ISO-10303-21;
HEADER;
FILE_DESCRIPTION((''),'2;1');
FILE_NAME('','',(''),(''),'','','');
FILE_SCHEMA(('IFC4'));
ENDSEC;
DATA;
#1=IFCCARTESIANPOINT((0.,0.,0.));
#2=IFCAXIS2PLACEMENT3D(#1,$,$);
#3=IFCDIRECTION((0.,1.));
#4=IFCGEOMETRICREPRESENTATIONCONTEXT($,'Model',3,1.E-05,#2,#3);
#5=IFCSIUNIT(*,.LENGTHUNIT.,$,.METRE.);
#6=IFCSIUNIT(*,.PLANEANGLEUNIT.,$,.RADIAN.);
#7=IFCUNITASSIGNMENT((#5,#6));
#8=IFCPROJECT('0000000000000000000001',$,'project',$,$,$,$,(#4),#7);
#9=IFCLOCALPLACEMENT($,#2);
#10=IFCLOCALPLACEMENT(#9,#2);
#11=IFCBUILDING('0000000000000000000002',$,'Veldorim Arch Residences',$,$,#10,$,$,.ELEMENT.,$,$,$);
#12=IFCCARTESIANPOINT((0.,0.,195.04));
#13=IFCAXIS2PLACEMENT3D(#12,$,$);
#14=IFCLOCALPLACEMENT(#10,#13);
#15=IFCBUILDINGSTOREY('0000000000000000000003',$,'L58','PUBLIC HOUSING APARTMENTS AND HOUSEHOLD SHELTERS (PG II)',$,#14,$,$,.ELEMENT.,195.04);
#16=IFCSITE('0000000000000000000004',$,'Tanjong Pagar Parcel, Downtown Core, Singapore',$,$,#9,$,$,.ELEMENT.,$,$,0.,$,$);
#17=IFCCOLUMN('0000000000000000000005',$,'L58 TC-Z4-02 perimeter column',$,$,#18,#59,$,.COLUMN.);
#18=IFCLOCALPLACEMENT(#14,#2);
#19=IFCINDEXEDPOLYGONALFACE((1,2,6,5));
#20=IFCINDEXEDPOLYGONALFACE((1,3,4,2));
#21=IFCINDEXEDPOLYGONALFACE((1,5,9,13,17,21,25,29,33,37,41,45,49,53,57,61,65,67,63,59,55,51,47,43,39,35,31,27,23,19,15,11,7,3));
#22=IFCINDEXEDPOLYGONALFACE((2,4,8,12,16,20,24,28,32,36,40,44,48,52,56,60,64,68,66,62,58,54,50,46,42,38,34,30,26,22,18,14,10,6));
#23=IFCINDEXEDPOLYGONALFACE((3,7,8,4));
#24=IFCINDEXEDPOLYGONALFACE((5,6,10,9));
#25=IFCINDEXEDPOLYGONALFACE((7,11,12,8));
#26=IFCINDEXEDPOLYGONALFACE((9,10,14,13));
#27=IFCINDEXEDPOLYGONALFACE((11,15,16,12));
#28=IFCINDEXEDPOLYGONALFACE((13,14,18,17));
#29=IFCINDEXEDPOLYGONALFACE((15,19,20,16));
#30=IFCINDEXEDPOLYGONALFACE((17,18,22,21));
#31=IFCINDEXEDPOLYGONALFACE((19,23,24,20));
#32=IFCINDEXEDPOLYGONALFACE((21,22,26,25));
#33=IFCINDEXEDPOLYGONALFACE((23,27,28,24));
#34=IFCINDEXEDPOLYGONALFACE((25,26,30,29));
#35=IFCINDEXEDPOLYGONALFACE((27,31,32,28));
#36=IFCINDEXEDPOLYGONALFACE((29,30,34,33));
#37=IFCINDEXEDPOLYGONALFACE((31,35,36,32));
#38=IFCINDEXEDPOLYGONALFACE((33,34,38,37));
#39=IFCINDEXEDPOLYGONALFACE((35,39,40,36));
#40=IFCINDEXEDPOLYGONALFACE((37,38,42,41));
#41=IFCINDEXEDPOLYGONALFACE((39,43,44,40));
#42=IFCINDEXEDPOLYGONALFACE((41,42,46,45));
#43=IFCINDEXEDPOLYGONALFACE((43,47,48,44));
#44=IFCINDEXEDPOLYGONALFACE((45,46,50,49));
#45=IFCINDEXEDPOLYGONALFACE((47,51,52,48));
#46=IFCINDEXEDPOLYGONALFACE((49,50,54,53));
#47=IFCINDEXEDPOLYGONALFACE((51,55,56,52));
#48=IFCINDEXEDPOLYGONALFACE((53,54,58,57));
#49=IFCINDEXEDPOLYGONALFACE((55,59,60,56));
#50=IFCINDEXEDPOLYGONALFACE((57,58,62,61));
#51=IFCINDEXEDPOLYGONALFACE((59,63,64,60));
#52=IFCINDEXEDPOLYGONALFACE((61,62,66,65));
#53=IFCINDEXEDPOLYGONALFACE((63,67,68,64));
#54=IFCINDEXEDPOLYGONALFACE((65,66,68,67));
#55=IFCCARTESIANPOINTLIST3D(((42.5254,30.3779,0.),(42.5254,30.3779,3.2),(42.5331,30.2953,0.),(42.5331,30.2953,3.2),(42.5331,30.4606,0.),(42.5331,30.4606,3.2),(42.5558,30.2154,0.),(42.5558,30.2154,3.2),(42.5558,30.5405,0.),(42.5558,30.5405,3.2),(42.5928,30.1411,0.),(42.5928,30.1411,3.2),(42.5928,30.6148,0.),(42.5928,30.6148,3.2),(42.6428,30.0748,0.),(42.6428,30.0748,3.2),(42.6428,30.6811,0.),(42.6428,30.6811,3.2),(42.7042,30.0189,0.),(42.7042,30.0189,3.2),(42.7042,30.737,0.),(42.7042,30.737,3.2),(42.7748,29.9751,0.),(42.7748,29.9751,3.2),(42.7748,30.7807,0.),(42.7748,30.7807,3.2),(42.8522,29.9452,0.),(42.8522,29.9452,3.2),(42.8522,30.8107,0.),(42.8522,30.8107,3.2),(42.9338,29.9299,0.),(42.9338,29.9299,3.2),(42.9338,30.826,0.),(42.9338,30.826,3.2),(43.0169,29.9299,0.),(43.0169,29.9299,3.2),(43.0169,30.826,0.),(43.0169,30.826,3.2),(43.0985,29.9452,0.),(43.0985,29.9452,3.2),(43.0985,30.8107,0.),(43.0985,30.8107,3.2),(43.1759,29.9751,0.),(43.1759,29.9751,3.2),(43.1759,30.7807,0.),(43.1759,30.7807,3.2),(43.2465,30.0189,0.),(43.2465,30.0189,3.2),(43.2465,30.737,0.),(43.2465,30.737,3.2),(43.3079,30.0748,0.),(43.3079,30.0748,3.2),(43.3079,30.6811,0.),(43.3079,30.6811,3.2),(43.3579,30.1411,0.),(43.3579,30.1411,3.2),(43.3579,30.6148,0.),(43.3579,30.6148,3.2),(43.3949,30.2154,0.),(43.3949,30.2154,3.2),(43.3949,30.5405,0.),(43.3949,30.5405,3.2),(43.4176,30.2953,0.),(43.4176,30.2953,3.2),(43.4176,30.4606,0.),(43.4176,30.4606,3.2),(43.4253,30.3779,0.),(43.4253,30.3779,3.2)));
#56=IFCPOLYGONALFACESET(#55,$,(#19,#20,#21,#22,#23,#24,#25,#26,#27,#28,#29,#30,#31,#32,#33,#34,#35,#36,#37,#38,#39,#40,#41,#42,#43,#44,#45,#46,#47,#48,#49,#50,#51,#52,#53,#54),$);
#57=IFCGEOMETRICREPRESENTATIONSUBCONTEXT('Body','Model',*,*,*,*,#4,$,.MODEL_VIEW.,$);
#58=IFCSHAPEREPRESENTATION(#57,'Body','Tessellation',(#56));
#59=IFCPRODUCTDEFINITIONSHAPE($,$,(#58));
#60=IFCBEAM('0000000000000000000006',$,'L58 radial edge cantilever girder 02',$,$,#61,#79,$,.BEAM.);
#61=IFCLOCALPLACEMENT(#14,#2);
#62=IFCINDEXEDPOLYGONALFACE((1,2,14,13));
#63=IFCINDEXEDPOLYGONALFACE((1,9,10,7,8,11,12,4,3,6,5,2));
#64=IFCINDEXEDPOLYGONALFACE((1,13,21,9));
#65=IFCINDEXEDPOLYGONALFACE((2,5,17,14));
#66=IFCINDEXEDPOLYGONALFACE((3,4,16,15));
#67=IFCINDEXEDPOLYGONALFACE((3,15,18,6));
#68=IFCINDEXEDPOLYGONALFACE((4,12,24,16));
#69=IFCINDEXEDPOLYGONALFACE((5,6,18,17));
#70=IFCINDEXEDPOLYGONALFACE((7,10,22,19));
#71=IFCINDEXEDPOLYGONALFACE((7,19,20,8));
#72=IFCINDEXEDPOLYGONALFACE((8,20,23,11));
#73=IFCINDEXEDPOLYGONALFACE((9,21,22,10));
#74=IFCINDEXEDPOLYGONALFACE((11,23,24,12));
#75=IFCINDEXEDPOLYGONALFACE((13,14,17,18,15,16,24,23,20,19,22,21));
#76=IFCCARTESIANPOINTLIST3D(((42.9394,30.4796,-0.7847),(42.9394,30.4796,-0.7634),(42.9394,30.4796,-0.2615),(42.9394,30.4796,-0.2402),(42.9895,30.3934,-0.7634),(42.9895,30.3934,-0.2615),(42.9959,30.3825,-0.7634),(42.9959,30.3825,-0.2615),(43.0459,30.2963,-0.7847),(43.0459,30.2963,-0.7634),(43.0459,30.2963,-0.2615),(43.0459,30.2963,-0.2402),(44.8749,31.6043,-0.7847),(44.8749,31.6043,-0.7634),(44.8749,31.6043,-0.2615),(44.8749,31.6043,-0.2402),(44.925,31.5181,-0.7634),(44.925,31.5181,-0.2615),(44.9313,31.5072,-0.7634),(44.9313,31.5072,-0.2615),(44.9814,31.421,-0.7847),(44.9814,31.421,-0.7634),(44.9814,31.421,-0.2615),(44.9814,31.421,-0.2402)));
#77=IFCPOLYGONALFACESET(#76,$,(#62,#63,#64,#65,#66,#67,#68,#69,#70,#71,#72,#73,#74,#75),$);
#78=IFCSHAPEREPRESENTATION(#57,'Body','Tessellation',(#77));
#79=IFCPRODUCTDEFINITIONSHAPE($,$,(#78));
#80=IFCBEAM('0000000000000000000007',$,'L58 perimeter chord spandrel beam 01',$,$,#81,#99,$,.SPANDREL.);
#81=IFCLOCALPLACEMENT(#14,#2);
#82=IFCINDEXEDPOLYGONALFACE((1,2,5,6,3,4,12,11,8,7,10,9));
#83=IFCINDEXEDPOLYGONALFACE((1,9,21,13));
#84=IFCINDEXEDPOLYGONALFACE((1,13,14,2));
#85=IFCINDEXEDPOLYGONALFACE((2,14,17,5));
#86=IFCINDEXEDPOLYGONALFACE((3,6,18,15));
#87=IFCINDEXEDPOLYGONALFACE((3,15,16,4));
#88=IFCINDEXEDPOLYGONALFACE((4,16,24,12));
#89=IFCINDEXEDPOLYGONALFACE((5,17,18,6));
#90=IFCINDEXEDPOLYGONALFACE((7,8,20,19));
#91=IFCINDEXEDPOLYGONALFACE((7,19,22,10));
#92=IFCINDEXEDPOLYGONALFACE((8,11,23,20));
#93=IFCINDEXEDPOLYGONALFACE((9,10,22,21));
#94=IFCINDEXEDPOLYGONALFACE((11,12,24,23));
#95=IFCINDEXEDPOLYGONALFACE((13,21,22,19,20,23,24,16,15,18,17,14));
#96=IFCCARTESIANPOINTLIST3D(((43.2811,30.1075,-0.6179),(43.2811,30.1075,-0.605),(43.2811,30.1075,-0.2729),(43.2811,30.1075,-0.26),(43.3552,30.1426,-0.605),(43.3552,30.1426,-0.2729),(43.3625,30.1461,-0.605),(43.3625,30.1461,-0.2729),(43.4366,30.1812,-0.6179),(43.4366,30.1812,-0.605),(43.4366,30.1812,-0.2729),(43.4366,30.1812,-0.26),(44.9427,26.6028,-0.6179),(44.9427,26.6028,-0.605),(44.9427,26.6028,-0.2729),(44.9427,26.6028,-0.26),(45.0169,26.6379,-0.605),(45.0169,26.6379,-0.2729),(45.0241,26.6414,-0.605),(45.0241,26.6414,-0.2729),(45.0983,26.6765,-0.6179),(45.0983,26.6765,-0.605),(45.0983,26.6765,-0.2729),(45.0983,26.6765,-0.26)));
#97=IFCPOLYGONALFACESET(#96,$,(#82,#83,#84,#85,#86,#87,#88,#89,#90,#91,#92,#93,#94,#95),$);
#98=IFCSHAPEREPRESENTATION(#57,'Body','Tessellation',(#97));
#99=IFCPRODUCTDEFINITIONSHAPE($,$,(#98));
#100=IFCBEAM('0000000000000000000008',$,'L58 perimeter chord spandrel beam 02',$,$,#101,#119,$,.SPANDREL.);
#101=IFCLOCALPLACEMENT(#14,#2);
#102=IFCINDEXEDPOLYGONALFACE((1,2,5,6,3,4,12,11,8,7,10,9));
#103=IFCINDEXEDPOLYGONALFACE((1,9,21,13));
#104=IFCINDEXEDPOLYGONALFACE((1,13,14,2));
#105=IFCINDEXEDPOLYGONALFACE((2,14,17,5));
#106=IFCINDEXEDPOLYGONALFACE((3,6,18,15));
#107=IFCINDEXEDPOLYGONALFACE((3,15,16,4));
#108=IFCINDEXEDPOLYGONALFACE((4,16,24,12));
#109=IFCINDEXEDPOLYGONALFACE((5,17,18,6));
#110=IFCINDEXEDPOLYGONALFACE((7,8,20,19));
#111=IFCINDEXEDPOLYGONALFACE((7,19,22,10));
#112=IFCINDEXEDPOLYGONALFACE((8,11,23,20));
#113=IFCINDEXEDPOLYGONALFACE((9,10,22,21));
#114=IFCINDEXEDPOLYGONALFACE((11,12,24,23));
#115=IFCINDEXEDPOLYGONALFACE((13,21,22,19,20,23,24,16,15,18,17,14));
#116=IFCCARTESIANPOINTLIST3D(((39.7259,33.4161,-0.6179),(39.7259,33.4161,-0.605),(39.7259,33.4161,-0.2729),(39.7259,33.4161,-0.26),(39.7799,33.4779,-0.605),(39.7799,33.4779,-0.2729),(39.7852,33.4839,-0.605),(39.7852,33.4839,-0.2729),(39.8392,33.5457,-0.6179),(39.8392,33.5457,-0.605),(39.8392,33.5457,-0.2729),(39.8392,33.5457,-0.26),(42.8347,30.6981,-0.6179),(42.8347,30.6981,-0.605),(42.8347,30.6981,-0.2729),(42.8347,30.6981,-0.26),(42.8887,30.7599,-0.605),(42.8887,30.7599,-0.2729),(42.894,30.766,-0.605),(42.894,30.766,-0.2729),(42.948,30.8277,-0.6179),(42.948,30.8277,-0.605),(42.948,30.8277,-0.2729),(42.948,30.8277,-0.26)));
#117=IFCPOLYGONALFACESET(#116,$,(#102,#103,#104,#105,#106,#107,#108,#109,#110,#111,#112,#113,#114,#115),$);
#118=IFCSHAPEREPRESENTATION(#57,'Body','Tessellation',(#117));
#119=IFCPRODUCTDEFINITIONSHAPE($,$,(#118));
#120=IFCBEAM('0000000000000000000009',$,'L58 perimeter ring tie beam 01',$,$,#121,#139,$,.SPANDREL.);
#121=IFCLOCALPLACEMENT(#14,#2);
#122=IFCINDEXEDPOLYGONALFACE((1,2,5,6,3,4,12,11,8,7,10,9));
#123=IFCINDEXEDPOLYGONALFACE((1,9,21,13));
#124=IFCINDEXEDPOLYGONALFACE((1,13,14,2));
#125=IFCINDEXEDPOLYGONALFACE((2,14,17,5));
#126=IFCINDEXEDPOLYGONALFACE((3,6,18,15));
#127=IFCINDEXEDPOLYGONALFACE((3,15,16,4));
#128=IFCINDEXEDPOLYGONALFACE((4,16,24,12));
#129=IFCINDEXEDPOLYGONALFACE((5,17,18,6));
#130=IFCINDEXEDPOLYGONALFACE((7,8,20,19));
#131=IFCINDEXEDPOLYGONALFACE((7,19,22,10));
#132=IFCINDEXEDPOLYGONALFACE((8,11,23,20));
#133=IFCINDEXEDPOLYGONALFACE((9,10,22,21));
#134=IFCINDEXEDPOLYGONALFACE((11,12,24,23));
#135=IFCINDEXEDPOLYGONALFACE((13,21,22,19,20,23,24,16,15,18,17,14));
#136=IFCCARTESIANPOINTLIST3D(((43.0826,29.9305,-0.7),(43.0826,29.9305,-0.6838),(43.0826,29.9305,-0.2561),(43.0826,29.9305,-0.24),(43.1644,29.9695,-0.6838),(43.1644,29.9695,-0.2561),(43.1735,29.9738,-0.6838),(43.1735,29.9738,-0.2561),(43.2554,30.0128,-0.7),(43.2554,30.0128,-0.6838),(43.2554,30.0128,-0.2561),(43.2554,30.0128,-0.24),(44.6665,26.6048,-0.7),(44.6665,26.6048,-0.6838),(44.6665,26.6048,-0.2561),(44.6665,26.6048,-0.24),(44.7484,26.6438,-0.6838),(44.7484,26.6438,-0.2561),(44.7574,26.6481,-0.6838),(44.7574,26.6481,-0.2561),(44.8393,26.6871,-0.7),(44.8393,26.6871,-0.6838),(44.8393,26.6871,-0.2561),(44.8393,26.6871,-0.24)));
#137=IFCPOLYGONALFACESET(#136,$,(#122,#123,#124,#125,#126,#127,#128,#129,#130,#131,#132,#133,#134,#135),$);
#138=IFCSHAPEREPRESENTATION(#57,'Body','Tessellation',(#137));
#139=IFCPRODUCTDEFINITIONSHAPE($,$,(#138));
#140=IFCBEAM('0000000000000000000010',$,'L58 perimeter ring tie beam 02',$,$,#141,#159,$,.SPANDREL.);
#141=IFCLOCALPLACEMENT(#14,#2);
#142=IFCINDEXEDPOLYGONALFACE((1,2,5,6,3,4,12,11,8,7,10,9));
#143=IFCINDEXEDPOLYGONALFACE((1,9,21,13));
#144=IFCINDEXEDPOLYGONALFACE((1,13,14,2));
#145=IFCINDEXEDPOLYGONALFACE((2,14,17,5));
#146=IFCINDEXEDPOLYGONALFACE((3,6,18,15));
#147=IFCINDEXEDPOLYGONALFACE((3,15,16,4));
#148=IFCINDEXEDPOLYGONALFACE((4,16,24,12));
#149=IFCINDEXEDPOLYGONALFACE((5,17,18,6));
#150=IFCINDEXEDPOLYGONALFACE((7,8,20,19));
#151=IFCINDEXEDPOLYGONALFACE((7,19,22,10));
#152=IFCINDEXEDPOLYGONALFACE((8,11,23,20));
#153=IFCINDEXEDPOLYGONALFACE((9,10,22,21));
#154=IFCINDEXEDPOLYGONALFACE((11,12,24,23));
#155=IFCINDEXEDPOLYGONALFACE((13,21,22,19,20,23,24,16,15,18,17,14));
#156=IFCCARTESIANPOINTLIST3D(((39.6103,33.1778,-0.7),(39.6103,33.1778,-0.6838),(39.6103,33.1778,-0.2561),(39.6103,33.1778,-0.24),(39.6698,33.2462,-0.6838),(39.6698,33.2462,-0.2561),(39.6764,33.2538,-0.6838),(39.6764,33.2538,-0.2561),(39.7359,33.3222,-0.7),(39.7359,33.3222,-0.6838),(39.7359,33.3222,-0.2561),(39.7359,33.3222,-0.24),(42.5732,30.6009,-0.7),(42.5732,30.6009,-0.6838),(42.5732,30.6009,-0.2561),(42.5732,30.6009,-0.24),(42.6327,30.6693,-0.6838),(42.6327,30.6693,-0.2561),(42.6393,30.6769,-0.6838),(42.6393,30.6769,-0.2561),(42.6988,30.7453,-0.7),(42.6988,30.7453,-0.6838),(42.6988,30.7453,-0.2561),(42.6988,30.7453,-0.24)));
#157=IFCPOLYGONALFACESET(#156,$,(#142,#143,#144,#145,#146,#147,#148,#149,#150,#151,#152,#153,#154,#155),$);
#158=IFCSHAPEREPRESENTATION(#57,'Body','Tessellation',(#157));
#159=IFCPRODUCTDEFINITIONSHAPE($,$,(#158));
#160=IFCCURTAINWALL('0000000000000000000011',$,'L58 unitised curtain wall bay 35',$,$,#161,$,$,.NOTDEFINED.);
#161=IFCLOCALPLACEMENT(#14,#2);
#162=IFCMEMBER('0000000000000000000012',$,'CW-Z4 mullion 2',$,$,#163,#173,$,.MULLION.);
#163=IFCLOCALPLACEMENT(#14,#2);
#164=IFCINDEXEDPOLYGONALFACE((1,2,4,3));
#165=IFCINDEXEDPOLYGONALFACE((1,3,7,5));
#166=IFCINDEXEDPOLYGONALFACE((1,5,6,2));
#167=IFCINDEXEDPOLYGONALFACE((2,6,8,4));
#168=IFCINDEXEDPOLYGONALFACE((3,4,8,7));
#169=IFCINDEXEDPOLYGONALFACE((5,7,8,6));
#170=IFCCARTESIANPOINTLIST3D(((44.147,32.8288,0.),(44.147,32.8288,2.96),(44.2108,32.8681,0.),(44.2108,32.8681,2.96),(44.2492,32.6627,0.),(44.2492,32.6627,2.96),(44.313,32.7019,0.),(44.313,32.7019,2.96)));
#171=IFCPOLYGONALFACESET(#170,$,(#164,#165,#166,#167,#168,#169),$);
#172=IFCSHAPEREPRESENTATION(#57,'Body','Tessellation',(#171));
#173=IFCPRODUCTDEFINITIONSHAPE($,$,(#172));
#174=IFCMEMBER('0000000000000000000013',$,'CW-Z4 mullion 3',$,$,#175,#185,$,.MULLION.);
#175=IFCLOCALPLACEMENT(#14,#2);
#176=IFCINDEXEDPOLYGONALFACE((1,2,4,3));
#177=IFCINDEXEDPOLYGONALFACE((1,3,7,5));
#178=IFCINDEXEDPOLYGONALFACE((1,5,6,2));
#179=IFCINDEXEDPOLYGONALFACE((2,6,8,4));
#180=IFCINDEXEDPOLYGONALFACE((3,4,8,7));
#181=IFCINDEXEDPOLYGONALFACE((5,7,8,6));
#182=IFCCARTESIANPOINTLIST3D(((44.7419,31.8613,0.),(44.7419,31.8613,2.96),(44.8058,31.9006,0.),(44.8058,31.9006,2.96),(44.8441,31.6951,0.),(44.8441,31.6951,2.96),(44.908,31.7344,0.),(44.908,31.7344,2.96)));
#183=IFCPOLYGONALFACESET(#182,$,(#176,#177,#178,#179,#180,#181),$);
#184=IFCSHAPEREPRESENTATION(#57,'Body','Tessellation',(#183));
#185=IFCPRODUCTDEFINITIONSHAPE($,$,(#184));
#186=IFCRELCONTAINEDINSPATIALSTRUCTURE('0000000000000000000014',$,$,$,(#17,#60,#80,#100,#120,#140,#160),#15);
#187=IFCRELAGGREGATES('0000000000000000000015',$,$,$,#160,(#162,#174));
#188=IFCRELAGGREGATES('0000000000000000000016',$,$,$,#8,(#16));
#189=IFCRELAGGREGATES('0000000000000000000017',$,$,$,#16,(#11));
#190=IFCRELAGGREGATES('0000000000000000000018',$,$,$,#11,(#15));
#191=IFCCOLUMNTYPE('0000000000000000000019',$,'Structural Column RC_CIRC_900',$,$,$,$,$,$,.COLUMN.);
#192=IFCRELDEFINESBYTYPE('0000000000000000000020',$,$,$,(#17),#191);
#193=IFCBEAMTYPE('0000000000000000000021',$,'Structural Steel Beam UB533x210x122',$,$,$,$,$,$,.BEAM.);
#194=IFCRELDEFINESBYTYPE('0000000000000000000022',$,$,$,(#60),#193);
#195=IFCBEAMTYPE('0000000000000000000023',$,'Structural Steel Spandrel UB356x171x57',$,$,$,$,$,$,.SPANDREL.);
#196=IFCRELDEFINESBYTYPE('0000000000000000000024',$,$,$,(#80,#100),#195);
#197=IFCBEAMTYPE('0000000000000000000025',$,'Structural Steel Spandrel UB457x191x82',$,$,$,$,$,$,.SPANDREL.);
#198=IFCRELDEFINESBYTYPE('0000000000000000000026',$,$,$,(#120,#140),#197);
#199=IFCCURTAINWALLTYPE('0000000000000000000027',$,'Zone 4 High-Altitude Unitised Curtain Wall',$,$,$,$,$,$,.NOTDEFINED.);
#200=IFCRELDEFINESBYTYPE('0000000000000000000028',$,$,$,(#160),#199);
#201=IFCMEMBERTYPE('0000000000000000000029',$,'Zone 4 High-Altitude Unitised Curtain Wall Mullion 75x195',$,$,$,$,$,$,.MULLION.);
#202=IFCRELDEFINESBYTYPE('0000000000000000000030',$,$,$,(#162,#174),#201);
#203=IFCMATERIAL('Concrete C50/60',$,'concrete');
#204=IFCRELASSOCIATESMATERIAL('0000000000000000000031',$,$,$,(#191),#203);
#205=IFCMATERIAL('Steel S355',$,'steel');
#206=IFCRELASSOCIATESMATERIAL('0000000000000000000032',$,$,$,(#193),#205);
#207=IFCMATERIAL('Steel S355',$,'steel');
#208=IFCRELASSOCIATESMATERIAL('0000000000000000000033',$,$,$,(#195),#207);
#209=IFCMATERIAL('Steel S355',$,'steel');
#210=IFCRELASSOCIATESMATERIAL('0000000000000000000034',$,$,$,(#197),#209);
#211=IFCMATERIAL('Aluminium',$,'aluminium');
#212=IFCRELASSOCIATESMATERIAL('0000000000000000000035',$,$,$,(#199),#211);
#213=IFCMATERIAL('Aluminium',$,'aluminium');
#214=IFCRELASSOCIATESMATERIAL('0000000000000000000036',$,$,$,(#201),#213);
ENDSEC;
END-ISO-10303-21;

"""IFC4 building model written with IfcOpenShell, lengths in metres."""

from ifc_helpers import new_model, si_unit, direction, frame, origin, origin_2d, place, context, subcontext, project, spatial, rectangle, circle, i_section, extrude, material, material_profile, profile_set, type_object, element, aggregate, save


model = new_model("IFC4")

# Units and contexts
model_context = context("Model", 3, precision=1e-05, world=origin(), true_north=direction((0.0, 1.0)))
body_context = subcontext(model_context, "Body", "Model", "MODEL_VIEW")
ifc_project = project(units=[si_unit("LENGTHUNIT", "METRE"), si_unit("PLANEANGLEUNIT", "RADIAN")], contexts=[model_context])

# Site, building, storey
site_placement = place(None, origin())
site = spatial("IfcSite", under=ifc_project, at=site_placement, Name="Tanjong Pagar Parcel, Downtown Core, Singapore", CompositionType="ELEMENT", RefElevation=0.0)
building_placement = place(site_placement, origin())
building = spatial("IfcBuilding", under=site, at=building_placement, Name="Veldorim Arch Residences", CompositionType="ELEMENT")
storey_placement = place(building_placement, frame((0.0, 0.0, 195.04)))
storey = spatial("IfcBuildingStorey", under=building, at=storey_placement, Name="L58", Description="PUBLIC HOUSING APARTMENTS AND HOUSEHOLD SHELTERS (PG II)", CompositionType="ELEMENT", Elevation=195.04)

# Column
ifc_material_1 = material(Name="Concrete C50/60", Category="concrete")
ifc_material_profile_1 = material_profile(ifc_material_1, circle(Radius=0.45, at=origin_2d()), Name="RC_CIRC_900")
ifc_profile_set_1 = profile_set([ifc_material_profile_1], Name="Concrete C50/60")
column_type = type_object("IfcColumnType", Name="Structural Column RC_CIRC_900", PredefinedType="COLUMN", material=ifc_profile_set_1)
column_placement = place(storey_placement, frame((42.9753, 30.3779, 0.0), z_axis=(0.0, 0.0, 1.0), x_axis=(1.0, 0.0, 0.0)))
element("IfcColumn", 1, at=column_placement, inside=storey, type_object=column_type, Name="L58 TC-Z4-02 perimeter column", PredefinedType="COLUMN", context=body_context, shape_type="SweptSolid", body=[
    extrude(circle(Radius=0.45, at=origin_2d()), origin(), (0.0, 0.0, 1.0), 3.2),
])

# Beams
ifc_material_2 = material(Name="Steel S355", Category="steel")
ifc_material_profile_2 = material_profile(ifc_material_2, i_section(OverallWidth=0.2119, OverallDepth=0.5444, WebThickness=0.0127, FlangeThickness=0.0212, at=origin_2d()), Name="UB533x210x122")
ifc_profile_set_2 = profile_set([ifc_material_profile_2], Name="Steel S355")
beam_type_1 = type_object("IfcBeamType", Name="Structural Steel Beam UB533x210x122", PredefinedType="BEAM", material=ifc_profile_set_2)
beam_1_placement = place(storey_placement, frame((42.9927, 30.3879, -0.5125), z_axis=(0.864616, 0.502433, 0.0), x_axis=(-0.502433, 0.864616, 0.0)))
element("IfcBeam", 2, at=beam_1_placement, inside=storey, type_object=beam_type_1, Name="L58 radial edge cantilever girder 02", PredefinedType="BEAM", context=body_context, shape_type="SweptSolid", body=[
    extrude(i_section(OverallWidth=0.2119, OverallDepth=0.5444, WebThickness=0.0127, FlangeThickness=0.0212, at=origin_2d()), origin(), (0.0, 0.0, 1.0), 2.2385),
])
ifc_material_3 = material(Name="Steel S355", Category="steel")
ifc_material_profile_3 = material_profile(ifc_material_3, i_section(OverallWidth=0.1721, OverallDepth=0.3579, WebThickness=0.0081, FlangeThickness=0.0129, at=origin_2d()), Name="UB356x171x57")
ifc_profile_set_3 = profile_set([ifc_material_profile_3], Name="Steel S355")
beam_type_2 = type_object("IfcBeamType", Name="Structural Steel Spandrel UB356x171x57", PredefinedType="SPANDREL", material=ifc_profile_set_3)
beam_2_placement = place(storey_placement, frame((45.0205, 26.6396, -0.439), z_axis=(-0.428408, 0.903585, 0.0), x_axis=(-0.903585, -0.428408, 0.0)))
element("IfcBeam", 3, at=beam_2_placement, inside=storey, type_object=beam_type_2, Name="L58 perimeter chord spandrel beam 01", PredefinedType="SPANDREL", context=body_context, shape_type="SweptSolid", body=[
    extrude(i_section(OverallWidth=0.1721, OverallDepth=0.3579, WebThickness=0.0081, FlangeThickness=0.0129, at=origin_2d()), origin(), (0.0, 0.0, 1.0), 3.8787),
])
beam_3_placement = place(storey_placement, frame((42.8914, 30.7629, -0.439), z_axis=(-0.752848, 0.658195, 0.0), x_axis=(-0.658195, -0.752848, 0.0)))
element("IfcBeam", 4, at=beam_3_placement, inside=storey, type_object=beam_type_2, Name="L58 perimeter chord spandrel beam 02", PredefinedType="SPANDREL", context=body_context, shape_type="SweptSolid", body=[
    extrude(i_section(OverallWidth=0.1721, OverallDepth=0.3579, WebThickness=0.0081, FlangeThickness=0.0129, at=origin_2d()), origin(), (0.0, 0.0, 1.0), 4.1294),
])
ifc_material_4 = material(Name="Steel S355", Category="steel")
ifc_material_profile_4 = material_profile(ifc_material_4, i_section(OverallWidth=0.1914, OverallDepth=0.46, WebThickness=0.01, FlangeThickness=0.0161, at=origin_2d()), Name="UB457x191x82")
ifc_profile_set_4 = profile_set([ifc_material_profile_4], Name="Steel S355")
beam_type_3 = type_object("IfcBeamType", Name="Structural Steel Spandrel UB457x191x82", PredefinedType="SPANDREL", material=ifc_profile_set_4)
beam_4_placement = place(storey_placement, frame((44.7529, 26.646, -0.47), z_axis=(-0.430006, 0.902826, 0.0), x_axis=(-0.902826, -0.430006, 0.0)))
element("IfcBeam", 5, at=beam_4_placement, inside=storey, type_object=beam_type_3, Name="L58 perimeter ring tie beam 01", PredefinedType="SPANDREL", context=body_context, shape_type="SweptSolid", body=[
    extrude(i_section(OverallWidth=0.1914, OverallDepth=0.46, WebThickness=0.01, FlangeThickness=0.0161, at=origin_2d()), origin(), (0.0, 0.0, 1.0), 3.6836),
])
beam_5_placement = place(storey_placement, frame((42.636, 30.6731, -0.47), z_axis=(-0.754545, 0.656248, 0.0), x_axis=(-0.656248, -0.754545, 0.0)))
element("IfcBeam", 6, at=beam_5_placement, inside=storey, type_object=beam_type_3, Name="L58 perimeter ring tie beam 02", PredefinedType="SPANDREL", context=body_context, shape_type="SweptSolid", body=[
    extrude(i_section(OverallWidth=0.1914, OverallDepth=0.46, WebThickness=0.01, FlangeThickness=0.0161, at=origin_2d()), origin(), (0.0, 0.0, 1.0), 3.9268),
])

# Curtain wall, members
ifc_material_5 = material(Name="Aluminium", Category="aluminium")
curtain_wall_type = type_object("IfcCurtainWallType", Name="Zone 4 High-Altitude Unitised Curtain Wall", PredefinedType="NOTDEFINED", material=ifc_material_5)
curtain_wall_placement = place(storey_placement, origin())
curtain_wall = element("IfcCurtainWall", 7, at=curtain_wall_placement, inside=storey, type_object=curtain_wall_type, Name="L58 unitised curtain wall bay 35", PredefinedType="NOTDEFINED")
ifc_material_6 = material(Name="Aluminium", Category="aluminium")
ifc_material_profile_5 = material_profile(ifc_material_6, rectangle(XDim=0.075, YDim=0.1951, at=origin_2d()), Name="ALU_MUL_75x195")
ifc_profile_set_5 = profile_set([ifc_material_profile_5], Name="Aluminium")
member_type_1 = type_object("IfcMemberType", Name="Zone 4 High-Altitude Unitised Curtain Wall Mullion 75x195", PredefinedType="MULLION", material=ifc_profile_set_5)
member_1_placement = place(storey_placement, frame((44.23, 32.7654, 0.0), z_axis=(0.0, 0.0, 1.0), x_axis=(0.851802, 0.523864, 0.0)))
member_1 = element("IfcMember", 8, at=member_1_placement, type_object=member_type_1, Name="CW-Z4 mullion 2", PredefinedType="MULLION", context=body_context, shape_type="SweptSolid", body=[
    extrude(rectangle(XDim=0.075, YDim=0.1951, at=origin_2d()), origin(), (0.0, 0.0, 1.0), 2.96),
])
member_2_placement = place(storey_placement, frame((44.825, 31.7979, 0.0), z_axis=(0.0, 0.0, 1.0), x_axis=(0.851802, 0.523864, 0.0)))
member_2 = element("IfcMember", 9, at=member_2_placement, type_object=member_type_1, Name="CW-Z4 mullion 3", PredefinedType="MULLION", context=body_context, shape_type="SweptSolid", body=[
    extrude(rectangle(XDim=0.075, YDim=0.1951, at=origin_2d()), origin(), (0.0, 0.0, 1.0), 2.96),
])
aggregate(curtain_wall, [member_1, member_2])

save(model, "model.ifc")
